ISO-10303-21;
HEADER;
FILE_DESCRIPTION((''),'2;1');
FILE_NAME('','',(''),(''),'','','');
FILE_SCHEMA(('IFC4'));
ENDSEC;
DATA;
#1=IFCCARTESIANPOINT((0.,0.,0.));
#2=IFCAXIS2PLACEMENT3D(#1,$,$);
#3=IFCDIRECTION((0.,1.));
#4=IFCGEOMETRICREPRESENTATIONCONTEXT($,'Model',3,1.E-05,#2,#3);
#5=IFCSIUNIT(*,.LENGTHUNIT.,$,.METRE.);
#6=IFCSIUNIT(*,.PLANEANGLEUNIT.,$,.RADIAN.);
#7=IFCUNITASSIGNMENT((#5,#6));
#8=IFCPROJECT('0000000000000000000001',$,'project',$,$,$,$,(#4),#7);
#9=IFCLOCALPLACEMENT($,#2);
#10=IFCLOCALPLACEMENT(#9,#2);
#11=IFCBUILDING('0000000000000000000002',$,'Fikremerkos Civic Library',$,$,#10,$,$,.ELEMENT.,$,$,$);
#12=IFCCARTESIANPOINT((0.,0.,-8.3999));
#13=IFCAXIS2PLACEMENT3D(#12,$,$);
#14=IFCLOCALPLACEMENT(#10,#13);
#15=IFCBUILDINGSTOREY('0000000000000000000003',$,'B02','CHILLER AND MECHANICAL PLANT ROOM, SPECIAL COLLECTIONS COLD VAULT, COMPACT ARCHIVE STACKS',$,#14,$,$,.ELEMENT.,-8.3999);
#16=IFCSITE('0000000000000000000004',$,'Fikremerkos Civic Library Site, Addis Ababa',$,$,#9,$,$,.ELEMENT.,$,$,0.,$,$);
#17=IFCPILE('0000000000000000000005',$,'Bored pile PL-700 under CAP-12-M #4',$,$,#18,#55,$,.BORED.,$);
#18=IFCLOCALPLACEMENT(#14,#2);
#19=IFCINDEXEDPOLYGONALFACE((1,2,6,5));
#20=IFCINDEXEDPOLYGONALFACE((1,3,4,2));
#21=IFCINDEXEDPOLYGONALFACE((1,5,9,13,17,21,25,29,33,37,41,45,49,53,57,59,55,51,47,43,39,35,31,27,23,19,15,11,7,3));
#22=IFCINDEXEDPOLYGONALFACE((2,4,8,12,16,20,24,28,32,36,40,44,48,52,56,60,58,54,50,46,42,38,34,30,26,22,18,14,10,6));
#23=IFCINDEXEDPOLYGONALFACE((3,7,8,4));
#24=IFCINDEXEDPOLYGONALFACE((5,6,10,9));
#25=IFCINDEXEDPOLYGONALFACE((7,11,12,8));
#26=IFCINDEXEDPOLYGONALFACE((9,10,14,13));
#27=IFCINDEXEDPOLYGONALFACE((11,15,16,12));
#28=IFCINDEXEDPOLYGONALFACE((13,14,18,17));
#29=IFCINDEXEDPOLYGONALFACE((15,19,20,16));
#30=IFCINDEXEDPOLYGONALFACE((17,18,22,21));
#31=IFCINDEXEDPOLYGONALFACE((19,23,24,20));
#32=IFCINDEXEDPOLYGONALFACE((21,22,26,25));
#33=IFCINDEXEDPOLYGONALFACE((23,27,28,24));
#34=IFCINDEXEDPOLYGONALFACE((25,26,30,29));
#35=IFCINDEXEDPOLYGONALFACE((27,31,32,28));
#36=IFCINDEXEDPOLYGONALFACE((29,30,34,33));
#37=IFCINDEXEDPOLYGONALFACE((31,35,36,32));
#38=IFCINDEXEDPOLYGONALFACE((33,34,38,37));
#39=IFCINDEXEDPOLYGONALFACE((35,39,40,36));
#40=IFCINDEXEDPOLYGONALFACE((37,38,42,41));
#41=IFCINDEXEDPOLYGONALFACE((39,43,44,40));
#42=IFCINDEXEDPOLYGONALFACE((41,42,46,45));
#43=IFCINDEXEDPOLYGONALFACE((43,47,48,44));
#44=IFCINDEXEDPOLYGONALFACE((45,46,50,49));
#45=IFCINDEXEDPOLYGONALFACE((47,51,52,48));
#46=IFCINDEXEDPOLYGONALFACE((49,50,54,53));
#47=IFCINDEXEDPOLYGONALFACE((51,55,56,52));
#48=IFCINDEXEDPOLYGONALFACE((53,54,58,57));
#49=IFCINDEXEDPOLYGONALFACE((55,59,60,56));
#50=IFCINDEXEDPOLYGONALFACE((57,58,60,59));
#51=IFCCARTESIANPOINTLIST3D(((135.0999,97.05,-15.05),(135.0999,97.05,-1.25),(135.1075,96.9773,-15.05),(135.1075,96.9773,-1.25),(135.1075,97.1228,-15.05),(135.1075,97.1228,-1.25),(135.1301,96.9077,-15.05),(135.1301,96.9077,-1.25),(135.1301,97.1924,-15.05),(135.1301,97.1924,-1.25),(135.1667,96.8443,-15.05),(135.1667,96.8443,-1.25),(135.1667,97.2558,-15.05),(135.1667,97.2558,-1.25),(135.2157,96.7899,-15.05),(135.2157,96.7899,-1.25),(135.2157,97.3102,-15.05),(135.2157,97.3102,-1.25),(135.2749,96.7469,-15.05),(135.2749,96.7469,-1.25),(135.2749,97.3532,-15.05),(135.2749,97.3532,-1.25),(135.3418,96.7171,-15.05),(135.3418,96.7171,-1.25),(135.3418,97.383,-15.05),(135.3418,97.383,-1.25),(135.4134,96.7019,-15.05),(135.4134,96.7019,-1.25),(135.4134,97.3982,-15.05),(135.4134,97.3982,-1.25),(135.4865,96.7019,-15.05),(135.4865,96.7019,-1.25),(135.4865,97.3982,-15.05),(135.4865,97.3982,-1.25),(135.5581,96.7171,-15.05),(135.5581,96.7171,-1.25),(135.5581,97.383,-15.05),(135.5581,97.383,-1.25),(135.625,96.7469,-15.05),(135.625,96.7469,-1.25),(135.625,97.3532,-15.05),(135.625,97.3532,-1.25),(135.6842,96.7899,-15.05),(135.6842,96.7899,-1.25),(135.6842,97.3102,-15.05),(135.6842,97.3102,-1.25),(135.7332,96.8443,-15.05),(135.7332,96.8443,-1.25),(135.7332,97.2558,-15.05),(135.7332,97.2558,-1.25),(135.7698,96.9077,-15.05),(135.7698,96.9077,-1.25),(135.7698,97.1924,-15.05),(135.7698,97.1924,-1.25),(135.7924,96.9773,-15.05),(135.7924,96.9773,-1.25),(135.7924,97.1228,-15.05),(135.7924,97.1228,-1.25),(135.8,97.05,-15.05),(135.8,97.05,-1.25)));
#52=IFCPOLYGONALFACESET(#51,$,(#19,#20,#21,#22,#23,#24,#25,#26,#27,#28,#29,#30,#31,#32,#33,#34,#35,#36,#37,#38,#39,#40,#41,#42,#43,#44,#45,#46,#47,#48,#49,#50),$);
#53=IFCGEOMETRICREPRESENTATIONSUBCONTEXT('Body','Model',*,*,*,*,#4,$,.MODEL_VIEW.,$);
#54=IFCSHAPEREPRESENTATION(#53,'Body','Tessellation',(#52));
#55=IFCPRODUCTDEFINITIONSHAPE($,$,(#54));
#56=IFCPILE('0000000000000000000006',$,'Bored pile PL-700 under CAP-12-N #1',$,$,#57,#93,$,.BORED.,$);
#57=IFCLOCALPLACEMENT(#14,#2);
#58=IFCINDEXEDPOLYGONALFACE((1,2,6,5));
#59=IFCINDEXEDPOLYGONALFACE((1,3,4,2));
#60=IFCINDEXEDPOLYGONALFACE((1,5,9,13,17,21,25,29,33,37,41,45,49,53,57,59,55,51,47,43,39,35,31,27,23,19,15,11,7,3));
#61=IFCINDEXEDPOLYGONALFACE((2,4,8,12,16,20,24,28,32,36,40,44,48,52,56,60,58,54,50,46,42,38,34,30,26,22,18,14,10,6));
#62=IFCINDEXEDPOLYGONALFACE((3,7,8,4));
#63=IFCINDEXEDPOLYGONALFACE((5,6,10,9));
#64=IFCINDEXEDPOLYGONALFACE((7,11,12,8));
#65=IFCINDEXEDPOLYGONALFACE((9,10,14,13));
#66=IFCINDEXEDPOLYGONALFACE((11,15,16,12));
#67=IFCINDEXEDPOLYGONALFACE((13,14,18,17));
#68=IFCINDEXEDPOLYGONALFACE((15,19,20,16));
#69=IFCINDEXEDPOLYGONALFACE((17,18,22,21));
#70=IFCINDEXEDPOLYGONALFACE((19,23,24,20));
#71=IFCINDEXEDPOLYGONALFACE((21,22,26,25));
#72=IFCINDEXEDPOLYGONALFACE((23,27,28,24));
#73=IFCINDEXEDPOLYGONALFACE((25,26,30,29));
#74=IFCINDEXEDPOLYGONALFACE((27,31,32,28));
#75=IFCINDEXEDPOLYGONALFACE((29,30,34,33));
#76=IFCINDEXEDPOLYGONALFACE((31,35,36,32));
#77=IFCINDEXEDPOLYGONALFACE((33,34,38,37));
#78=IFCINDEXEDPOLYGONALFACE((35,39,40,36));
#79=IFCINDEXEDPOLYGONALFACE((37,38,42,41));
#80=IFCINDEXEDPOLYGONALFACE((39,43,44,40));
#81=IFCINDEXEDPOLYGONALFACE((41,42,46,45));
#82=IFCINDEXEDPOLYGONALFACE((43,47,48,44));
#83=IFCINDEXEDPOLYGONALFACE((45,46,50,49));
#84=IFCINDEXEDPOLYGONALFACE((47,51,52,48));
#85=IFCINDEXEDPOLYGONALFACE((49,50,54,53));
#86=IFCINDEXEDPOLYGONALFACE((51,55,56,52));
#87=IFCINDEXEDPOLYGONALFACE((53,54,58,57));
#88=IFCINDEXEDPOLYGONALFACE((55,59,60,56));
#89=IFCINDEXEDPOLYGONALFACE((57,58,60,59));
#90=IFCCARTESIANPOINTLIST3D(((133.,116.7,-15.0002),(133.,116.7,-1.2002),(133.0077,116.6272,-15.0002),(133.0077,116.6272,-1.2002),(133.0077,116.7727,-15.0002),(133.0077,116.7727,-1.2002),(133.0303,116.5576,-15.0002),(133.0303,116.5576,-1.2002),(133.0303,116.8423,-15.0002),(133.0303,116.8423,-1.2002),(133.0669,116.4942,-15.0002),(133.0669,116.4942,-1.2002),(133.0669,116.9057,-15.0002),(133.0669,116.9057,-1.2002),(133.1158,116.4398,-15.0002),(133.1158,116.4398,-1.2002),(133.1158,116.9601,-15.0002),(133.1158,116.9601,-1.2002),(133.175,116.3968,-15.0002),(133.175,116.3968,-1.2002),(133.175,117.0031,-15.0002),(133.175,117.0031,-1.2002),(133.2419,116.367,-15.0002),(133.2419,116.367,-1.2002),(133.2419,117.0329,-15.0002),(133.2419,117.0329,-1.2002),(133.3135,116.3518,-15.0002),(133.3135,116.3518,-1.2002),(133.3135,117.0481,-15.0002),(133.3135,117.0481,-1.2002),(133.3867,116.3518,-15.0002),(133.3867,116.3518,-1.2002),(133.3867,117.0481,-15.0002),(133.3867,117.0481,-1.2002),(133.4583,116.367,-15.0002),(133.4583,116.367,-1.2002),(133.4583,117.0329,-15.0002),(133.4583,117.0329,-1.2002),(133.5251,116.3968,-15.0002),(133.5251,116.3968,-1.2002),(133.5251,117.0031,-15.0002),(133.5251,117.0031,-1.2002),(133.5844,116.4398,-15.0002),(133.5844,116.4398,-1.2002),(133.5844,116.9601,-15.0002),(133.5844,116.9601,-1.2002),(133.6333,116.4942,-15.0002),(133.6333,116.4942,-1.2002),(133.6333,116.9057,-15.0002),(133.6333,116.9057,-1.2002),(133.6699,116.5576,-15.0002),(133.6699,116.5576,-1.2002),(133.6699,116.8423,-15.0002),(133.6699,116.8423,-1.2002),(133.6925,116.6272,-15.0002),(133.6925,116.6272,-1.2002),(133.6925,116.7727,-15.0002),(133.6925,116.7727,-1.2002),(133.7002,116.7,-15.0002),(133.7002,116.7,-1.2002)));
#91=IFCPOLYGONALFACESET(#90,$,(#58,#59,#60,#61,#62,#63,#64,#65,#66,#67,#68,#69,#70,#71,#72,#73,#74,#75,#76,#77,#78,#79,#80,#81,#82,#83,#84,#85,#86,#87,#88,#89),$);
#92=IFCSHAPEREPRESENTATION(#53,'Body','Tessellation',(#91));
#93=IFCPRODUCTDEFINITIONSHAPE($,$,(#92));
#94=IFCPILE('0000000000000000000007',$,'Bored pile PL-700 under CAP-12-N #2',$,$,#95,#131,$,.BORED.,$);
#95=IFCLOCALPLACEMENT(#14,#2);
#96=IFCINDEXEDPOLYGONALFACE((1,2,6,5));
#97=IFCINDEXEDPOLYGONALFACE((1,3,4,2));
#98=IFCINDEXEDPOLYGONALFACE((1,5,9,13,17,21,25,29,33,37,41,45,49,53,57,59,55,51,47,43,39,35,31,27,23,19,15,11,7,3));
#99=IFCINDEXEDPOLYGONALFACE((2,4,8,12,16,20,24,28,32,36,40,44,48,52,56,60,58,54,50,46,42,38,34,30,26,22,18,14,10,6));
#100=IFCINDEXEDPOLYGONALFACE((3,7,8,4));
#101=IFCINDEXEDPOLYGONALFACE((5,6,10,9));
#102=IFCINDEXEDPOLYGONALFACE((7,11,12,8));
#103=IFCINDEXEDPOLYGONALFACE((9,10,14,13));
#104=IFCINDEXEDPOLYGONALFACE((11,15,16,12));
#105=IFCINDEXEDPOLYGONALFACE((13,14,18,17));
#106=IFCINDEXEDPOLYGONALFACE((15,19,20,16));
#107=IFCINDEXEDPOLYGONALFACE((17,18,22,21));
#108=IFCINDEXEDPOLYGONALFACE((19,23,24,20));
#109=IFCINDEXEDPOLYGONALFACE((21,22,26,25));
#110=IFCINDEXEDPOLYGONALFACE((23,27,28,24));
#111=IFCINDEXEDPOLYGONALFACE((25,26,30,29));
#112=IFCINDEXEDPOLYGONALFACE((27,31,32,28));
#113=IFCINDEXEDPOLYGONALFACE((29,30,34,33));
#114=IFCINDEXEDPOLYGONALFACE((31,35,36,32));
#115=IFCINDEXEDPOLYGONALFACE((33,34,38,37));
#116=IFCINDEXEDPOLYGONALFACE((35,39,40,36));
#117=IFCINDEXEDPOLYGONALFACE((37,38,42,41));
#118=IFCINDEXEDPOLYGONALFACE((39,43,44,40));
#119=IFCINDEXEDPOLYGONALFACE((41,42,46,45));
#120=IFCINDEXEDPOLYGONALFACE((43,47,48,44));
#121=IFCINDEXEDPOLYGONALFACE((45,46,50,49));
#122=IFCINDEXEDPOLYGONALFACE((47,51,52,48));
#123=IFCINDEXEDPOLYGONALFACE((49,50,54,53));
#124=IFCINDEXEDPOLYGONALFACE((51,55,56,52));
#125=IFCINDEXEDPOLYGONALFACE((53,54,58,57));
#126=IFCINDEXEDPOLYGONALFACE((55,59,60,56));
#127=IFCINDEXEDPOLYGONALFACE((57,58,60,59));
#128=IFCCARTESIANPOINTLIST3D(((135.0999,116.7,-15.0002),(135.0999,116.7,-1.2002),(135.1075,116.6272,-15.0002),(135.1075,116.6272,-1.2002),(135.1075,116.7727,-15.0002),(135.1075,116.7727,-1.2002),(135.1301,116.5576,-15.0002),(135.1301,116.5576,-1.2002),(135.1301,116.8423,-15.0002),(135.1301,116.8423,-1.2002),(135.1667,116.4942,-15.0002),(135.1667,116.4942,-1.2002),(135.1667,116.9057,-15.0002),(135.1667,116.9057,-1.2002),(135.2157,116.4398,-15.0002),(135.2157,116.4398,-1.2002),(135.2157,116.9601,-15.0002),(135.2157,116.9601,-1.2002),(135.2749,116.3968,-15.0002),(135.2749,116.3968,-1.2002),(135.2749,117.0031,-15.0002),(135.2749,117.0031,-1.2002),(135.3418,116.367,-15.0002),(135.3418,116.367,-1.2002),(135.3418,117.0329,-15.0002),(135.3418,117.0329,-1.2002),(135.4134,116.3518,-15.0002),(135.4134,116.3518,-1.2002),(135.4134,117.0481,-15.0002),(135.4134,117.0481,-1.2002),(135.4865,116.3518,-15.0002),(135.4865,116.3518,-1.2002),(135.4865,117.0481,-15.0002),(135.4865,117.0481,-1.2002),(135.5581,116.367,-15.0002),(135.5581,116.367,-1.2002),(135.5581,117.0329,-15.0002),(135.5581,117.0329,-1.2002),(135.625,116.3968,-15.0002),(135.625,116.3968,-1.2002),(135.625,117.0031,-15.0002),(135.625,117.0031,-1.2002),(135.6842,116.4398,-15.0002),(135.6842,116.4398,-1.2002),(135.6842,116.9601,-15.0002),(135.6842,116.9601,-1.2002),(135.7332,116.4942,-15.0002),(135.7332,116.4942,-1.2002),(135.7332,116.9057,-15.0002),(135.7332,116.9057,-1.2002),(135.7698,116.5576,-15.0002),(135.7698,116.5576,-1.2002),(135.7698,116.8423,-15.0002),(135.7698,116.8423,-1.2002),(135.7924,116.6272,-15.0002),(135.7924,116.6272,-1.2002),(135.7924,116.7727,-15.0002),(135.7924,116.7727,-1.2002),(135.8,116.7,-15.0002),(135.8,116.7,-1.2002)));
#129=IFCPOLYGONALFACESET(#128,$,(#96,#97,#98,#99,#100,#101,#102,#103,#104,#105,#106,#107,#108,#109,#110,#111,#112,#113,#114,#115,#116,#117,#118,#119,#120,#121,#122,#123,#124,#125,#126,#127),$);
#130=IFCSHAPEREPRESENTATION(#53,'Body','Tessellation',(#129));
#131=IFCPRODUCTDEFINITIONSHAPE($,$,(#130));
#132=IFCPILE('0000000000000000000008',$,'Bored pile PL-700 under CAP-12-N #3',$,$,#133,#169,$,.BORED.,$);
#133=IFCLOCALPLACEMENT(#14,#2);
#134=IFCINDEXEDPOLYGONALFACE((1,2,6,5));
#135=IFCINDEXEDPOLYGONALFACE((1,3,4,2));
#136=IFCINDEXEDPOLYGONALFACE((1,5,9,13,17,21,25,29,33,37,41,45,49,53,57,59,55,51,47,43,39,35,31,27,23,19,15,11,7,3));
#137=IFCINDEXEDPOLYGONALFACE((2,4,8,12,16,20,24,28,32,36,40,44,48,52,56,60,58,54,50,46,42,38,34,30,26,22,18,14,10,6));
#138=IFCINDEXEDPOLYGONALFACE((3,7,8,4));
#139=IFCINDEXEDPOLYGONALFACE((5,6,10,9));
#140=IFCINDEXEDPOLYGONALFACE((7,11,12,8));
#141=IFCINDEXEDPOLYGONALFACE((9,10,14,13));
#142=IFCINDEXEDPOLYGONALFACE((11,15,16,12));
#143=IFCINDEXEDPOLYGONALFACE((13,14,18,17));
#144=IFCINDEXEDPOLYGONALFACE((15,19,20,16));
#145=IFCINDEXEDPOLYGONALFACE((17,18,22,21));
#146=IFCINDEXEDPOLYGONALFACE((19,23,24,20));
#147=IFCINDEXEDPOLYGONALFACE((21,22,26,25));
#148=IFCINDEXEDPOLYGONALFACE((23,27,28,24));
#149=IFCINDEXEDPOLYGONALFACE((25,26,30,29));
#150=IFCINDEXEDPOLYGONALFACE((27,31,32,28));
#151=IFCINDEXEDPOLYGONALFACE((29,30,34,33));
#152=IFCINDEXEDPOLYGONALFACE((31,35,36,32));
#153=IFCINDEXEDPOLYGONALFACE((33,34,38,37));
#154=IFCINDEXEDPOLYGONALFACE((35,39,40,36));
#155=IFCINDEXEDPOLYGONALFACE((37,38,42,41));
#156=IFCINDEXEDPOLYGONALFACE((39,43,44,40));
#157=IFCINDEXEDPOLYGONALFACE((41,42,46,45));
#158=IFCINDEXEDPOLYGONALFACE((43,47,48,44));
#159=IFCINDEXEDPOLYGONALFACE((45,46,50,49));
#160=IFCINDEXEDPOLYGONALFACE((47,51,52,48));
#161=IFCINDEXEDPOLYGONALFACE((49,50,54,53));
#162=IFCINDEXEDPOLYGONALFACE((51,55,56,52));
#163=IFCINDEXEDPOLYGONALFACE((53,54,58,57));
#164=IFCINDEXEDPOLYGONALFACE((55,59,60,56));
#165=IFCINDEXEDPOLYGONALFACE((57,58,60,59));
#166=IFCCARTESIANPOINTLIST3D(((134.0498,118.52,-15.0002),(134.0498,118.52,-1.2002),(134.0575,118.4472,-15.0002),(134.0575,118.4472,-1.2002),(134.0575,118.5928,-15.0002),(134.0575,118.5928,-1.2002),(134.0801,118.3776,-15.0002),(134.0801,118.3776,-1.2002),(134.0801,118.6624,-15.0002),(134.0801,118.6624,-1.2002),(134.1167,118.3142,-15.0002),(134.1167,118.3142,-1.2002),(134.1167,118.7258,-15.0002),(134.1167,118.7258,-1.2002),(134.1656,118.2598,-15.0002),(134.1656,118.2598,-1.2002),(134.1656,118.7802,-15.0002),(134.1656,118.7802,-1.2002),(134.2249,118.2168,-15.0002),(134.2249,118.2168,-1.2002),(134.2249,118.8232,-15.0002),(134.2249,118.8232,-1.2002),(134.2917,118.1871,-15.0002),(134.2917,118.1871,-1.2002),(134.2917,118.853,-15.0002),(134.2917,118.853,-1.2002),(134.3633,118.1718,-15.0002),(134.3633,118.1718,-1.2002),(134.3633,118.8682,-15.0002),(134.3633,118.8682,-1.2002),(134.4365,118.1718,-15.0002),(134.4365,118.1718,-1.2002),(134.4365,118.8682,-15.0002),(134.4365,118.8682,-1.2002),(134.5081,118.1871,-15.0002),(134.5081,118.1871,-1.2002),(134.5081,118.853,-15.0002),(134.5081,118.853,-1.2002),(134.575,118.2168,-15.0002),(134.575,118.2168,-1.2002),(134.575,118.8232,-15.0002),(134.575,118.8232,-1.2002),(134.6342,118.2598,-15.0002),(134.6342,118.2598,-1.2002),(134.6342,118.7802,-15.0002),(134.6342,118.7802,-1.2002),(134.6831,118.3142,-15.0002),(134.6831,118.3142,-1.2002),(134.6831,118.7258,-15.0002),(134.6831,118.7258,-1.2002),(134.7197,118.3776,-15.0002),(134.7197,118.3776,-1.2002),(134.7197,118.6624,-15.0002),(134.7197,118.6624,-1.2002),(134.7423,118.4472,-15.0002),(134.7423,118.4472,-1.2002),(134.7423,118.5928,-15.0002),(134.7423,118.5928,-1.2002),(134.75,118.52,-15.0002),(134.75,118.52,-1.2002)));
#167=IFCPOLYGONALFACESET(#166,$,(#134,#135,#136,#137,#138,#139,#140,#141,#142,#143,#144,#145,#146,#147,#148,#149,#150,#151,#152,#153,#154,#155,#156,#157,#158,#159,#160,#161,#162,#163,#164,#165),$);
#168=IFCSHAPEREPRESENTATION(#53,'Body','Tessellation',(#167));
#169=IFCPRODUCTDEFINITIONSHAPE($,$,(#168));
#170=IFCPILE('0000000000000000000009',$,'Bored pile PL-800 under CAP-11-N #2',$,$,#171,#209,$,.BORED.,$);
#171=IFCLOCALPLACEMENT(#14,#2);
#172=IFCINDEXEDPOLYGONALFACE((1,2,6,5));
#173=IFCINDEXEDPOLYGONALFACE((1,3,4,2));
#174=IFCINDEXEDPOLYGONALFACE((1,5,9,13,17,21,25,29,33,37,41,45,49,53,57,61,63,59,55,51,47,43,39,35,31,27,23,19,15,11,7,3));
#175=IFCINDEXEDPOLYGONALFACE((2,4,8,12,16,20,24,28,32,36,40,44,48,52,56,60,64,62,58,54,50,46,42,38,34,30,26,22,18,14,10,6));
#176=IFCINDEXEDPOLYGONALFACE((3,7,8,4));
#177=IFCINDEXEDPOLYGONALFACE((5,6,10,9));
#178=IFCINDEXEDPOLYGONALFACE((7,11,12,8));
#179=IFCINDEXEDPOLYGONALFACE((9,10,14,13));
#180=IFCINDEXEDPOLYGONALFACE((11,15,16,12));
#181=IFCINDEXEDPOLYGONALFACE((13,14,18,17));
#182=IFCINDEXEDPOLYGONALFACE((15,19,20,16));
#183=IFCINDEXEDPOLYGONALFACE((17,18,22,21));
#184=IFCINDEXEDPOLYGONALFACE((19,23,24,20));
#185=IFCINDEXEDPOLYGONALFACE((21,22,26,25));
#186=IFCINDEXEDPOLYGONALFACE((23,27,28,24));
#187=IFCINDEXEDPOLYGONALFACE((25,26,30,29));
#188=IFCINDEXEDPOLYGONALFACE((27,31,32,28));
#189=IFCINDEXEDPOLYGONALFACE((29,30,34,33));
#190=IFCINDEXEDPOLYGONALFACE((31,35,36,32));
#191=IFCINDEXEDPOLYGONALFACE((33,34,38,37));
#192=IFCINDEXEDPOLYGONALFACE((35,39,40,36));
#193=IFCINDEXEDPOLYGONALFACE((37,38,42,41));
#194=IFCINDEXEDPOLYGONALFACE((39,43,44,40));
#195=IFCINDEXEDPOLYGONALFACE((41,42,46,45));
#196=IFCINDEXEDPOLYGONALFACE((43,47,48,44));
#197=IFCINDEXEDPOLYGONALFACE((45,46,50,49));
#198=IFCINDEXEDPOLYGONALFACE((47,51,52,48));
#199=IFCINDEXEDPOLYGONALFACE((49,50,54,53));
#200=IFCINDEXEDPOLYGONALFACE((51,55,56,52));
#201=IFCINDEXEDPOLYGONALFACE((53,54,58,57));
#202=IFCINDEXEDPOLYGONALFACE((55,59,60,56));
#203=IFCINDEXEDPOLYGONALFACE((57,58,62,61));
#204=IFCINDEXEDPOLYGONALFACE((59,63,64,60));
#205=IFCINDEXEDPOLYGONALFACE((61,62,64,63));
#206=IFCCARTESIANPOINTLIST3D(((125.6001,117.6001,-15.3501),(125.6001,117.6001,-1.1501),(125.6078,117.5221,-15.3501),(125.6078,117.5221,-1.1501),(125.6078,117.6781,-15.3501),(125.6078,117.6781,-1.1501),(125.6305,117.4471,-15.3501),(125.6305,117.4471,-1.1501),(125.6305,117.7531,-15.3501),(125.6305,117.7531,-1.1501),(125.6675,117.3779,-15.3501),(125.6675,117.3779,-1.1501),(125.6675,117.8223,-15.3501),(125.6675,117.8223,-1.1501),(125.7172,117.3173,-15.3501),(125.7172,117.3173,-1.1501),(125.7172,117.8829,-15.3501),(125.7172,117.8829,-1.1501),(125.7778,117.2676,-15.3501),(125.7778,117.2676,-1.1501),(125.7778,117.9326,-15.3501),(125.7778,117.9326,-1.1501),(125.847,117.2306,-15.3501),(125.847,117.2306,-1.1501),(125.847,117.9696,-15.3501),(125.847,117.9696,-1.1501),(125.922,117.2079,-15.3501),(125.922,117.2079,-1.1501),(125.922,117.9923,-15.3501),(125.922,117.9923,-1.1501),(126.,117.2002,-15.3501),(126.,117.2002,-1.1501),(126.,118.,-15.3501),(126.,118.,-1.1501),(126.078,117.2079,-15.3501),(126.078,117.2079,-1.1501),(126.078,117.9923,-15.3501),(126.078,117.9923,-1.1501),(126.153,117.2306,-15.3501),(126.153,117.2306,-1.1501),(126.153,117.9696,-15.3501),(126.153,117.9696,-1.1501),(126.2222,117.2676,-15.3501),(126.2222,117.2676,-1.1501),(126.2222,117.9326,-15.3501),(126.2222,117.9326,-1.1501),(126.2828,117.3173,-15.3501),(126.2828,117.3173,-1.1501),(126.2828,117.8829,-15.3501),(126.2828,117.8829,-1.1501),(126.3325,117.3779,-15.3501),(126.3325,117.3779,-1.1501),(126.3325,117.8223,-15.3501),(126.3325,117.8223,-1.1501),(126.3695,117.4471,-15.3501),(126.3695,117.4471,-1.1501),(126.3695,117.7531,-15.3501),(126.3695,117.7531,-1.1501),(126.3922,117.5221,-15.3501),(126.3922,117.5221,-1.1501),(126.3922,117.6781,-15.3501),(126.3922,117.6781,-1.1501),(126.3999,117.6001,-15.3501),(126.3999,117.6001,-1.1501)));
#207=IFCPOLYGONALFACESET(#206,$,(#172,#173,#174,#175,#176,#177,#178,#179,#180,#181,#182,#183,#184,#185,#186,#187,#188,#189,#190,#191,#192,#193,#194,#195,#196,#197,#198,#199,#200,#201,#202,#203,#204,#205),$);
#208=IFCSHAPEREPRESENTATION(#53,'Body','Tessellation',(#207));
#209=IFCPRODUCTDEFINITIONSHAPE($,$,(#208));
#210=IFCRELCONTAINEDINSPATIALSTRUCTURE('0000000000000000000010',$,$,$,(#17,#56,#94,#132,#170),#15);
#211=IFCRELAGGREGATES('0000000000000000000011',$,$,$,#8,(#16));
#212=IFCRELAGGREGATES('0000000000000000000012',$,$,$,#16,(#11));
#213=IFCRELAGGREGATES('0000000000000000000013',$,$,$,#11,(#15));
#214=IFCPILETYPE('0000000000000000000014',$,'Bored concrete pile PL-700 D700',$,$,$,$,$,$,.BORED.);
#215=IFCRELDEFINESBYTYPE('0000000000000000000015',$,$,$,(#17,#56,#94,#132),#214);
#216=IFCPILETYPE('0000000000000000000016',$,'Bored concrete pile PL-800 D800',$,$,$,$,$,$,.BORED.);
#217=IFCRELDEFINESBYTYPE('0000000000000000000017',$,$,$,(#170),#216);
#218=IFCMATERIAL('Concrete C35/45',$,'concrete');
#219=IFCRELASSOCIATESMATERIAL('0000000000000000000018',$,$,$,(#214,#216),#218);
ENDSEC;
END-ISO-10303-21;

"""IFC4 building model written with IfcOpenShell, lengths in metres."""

from ifc_helpers import new_model, si_unit, direction, frame, origin, origin_2d, place, context, subcontext, project, spatial, circle, extrude, material, material_profile, profile_set, type_object, element, save


model = new_model("IFC4")

# Units and contexts
model_context = context("Model", 3, precision=1e-05, world=origin(), true_north=direction((0.0, 1.0)))
body_context = subcontext(model_context, "Body", "Model", "MODEL_VIEW")
ifc_project = project(units=[si_unit("LENGTHUNIT", "METRE"), si_unit("PLANEANGLEUNIT", "RADIAN")], contexts=[model_context])

# Site, building, storey
site_placement = place(None, origin())
site = spatial("IfcSite", under=ifc_project, at=site_placement, Name="Fikremerkos Civic Library Site, Addis Ababa", CompositionType="ELEMENT", RefElevation=0.0)
building_placement = place(site_placement, origin())
building = spatial("IfcBuilding", under=site, at=building_placement, Name="Fikremerkos Civic Library", CompositionType="ELEMENT")
storey_placement = place(building_placement, frame((0.0, 0.0, -8.3999)))
storey = spatial("IfcBuildingStorey", under=building, at=storey_placement, Name="B02", Description="CHILLER AND MECHANICAL PLANT ROOM, SPECIAL COLLECTIONS COLD VAULT, COMPACT ARCHIVE STACKS", CompositionType="ELEMENT", Elevation=-8.3999)

# Piles
ifc_material_1 = material(Name="Concrete C35/45", Category="concrete")
ifc_material_profile_1 = material_profile(ifc_material_1, circle(Radius=0.3501, at=origin_2d()), Name="BORED PILE 700")
ifc_profile_set_1 = profile_set([ifc_material_profile_1], Name="Concrete C35/45")
pile_type_1 = type_object("IfcPileType", Name="Bored concrete pile PL-700 D700", PredefinedType="BORED", material=ifc_profile_set_1)
for number, where, z_axis, x_axis, name in (
    (1, (135.45, 97.05, -1.25), (0.0, 0.0, -1.0), (1.0, 0.0, 0.0), "Bored pile PL-700 under CAP-12-M #4"),
    (2, (133.3501, 116.7, -1.2002), (0.0, 0.0, -1.0), (1.0, 0.0, 0.0), "Bored pile PL-700 under CAP-12-N #1"),
    (3, (135.45, 116.7, -1.2002), (0.0, 0.0, -1.0), (1.0, 0.0, 0.0), "Bored pile PL-700 under CAP-12-N #2"),
    (4, (134.3999, 118.52, -1.2002), (0.0, 0.0, -1.0), (1.0, 0.0, 0.0), "Bored pile PL-700 under CAP-12-N #3"),
):
    element("IfcPile", number, at=place(storey_placement, frame(where, z_axis=z_axis, x_axis=x_axis)), inside=storey, type_object=pile_type_1, Name=name, PredefinedType="BORED", context=body_context, shape_type="SweptSolid", body=[
        extrude(circle(Radius=0.3501, at=origin_2d()), origin(), (0.0, 0.0, 1.0), 13.8),
    ])
ifc_material_profile_2 = material_profile(ifc_material_1, circle(Radius=0.3999, at=origin_2d()), Name="BORED PILE 800")
ifc_profile_set_2 = profile_set([ifc_material_profile_2], Name="Concrete C35/45")
pile_type_2 = type_object("IfcPileType", Name="Bored concrete pile PL-800 D800", PredefinedType="BORED", material=ifc_profile_set_2)
for number, where, z_axis, x_axis, name in (
    (5, (126.0, 117.6001, -1.1501), (0.0, 0.0, -1.0), (1.0, 0.0, 0.0), "Bored pile PL-800 under CAP-11-N #2"),
):
    element("IfcPile", number, at=place(storey_placement, frame(where, z_axis=z_axis, x_axis=x_axis)), inside=storey, type_object=pile_type_2, Name=name, PredefinedType="BORED", context=body_context, shape_type="SweptSolid", body=[
        extrude(circle(Radius=0.3999, at=origin_2d()), origin(), (0.0, 0.0, 1.0), 14.2),
    ])

save(model, "model.ifc")
